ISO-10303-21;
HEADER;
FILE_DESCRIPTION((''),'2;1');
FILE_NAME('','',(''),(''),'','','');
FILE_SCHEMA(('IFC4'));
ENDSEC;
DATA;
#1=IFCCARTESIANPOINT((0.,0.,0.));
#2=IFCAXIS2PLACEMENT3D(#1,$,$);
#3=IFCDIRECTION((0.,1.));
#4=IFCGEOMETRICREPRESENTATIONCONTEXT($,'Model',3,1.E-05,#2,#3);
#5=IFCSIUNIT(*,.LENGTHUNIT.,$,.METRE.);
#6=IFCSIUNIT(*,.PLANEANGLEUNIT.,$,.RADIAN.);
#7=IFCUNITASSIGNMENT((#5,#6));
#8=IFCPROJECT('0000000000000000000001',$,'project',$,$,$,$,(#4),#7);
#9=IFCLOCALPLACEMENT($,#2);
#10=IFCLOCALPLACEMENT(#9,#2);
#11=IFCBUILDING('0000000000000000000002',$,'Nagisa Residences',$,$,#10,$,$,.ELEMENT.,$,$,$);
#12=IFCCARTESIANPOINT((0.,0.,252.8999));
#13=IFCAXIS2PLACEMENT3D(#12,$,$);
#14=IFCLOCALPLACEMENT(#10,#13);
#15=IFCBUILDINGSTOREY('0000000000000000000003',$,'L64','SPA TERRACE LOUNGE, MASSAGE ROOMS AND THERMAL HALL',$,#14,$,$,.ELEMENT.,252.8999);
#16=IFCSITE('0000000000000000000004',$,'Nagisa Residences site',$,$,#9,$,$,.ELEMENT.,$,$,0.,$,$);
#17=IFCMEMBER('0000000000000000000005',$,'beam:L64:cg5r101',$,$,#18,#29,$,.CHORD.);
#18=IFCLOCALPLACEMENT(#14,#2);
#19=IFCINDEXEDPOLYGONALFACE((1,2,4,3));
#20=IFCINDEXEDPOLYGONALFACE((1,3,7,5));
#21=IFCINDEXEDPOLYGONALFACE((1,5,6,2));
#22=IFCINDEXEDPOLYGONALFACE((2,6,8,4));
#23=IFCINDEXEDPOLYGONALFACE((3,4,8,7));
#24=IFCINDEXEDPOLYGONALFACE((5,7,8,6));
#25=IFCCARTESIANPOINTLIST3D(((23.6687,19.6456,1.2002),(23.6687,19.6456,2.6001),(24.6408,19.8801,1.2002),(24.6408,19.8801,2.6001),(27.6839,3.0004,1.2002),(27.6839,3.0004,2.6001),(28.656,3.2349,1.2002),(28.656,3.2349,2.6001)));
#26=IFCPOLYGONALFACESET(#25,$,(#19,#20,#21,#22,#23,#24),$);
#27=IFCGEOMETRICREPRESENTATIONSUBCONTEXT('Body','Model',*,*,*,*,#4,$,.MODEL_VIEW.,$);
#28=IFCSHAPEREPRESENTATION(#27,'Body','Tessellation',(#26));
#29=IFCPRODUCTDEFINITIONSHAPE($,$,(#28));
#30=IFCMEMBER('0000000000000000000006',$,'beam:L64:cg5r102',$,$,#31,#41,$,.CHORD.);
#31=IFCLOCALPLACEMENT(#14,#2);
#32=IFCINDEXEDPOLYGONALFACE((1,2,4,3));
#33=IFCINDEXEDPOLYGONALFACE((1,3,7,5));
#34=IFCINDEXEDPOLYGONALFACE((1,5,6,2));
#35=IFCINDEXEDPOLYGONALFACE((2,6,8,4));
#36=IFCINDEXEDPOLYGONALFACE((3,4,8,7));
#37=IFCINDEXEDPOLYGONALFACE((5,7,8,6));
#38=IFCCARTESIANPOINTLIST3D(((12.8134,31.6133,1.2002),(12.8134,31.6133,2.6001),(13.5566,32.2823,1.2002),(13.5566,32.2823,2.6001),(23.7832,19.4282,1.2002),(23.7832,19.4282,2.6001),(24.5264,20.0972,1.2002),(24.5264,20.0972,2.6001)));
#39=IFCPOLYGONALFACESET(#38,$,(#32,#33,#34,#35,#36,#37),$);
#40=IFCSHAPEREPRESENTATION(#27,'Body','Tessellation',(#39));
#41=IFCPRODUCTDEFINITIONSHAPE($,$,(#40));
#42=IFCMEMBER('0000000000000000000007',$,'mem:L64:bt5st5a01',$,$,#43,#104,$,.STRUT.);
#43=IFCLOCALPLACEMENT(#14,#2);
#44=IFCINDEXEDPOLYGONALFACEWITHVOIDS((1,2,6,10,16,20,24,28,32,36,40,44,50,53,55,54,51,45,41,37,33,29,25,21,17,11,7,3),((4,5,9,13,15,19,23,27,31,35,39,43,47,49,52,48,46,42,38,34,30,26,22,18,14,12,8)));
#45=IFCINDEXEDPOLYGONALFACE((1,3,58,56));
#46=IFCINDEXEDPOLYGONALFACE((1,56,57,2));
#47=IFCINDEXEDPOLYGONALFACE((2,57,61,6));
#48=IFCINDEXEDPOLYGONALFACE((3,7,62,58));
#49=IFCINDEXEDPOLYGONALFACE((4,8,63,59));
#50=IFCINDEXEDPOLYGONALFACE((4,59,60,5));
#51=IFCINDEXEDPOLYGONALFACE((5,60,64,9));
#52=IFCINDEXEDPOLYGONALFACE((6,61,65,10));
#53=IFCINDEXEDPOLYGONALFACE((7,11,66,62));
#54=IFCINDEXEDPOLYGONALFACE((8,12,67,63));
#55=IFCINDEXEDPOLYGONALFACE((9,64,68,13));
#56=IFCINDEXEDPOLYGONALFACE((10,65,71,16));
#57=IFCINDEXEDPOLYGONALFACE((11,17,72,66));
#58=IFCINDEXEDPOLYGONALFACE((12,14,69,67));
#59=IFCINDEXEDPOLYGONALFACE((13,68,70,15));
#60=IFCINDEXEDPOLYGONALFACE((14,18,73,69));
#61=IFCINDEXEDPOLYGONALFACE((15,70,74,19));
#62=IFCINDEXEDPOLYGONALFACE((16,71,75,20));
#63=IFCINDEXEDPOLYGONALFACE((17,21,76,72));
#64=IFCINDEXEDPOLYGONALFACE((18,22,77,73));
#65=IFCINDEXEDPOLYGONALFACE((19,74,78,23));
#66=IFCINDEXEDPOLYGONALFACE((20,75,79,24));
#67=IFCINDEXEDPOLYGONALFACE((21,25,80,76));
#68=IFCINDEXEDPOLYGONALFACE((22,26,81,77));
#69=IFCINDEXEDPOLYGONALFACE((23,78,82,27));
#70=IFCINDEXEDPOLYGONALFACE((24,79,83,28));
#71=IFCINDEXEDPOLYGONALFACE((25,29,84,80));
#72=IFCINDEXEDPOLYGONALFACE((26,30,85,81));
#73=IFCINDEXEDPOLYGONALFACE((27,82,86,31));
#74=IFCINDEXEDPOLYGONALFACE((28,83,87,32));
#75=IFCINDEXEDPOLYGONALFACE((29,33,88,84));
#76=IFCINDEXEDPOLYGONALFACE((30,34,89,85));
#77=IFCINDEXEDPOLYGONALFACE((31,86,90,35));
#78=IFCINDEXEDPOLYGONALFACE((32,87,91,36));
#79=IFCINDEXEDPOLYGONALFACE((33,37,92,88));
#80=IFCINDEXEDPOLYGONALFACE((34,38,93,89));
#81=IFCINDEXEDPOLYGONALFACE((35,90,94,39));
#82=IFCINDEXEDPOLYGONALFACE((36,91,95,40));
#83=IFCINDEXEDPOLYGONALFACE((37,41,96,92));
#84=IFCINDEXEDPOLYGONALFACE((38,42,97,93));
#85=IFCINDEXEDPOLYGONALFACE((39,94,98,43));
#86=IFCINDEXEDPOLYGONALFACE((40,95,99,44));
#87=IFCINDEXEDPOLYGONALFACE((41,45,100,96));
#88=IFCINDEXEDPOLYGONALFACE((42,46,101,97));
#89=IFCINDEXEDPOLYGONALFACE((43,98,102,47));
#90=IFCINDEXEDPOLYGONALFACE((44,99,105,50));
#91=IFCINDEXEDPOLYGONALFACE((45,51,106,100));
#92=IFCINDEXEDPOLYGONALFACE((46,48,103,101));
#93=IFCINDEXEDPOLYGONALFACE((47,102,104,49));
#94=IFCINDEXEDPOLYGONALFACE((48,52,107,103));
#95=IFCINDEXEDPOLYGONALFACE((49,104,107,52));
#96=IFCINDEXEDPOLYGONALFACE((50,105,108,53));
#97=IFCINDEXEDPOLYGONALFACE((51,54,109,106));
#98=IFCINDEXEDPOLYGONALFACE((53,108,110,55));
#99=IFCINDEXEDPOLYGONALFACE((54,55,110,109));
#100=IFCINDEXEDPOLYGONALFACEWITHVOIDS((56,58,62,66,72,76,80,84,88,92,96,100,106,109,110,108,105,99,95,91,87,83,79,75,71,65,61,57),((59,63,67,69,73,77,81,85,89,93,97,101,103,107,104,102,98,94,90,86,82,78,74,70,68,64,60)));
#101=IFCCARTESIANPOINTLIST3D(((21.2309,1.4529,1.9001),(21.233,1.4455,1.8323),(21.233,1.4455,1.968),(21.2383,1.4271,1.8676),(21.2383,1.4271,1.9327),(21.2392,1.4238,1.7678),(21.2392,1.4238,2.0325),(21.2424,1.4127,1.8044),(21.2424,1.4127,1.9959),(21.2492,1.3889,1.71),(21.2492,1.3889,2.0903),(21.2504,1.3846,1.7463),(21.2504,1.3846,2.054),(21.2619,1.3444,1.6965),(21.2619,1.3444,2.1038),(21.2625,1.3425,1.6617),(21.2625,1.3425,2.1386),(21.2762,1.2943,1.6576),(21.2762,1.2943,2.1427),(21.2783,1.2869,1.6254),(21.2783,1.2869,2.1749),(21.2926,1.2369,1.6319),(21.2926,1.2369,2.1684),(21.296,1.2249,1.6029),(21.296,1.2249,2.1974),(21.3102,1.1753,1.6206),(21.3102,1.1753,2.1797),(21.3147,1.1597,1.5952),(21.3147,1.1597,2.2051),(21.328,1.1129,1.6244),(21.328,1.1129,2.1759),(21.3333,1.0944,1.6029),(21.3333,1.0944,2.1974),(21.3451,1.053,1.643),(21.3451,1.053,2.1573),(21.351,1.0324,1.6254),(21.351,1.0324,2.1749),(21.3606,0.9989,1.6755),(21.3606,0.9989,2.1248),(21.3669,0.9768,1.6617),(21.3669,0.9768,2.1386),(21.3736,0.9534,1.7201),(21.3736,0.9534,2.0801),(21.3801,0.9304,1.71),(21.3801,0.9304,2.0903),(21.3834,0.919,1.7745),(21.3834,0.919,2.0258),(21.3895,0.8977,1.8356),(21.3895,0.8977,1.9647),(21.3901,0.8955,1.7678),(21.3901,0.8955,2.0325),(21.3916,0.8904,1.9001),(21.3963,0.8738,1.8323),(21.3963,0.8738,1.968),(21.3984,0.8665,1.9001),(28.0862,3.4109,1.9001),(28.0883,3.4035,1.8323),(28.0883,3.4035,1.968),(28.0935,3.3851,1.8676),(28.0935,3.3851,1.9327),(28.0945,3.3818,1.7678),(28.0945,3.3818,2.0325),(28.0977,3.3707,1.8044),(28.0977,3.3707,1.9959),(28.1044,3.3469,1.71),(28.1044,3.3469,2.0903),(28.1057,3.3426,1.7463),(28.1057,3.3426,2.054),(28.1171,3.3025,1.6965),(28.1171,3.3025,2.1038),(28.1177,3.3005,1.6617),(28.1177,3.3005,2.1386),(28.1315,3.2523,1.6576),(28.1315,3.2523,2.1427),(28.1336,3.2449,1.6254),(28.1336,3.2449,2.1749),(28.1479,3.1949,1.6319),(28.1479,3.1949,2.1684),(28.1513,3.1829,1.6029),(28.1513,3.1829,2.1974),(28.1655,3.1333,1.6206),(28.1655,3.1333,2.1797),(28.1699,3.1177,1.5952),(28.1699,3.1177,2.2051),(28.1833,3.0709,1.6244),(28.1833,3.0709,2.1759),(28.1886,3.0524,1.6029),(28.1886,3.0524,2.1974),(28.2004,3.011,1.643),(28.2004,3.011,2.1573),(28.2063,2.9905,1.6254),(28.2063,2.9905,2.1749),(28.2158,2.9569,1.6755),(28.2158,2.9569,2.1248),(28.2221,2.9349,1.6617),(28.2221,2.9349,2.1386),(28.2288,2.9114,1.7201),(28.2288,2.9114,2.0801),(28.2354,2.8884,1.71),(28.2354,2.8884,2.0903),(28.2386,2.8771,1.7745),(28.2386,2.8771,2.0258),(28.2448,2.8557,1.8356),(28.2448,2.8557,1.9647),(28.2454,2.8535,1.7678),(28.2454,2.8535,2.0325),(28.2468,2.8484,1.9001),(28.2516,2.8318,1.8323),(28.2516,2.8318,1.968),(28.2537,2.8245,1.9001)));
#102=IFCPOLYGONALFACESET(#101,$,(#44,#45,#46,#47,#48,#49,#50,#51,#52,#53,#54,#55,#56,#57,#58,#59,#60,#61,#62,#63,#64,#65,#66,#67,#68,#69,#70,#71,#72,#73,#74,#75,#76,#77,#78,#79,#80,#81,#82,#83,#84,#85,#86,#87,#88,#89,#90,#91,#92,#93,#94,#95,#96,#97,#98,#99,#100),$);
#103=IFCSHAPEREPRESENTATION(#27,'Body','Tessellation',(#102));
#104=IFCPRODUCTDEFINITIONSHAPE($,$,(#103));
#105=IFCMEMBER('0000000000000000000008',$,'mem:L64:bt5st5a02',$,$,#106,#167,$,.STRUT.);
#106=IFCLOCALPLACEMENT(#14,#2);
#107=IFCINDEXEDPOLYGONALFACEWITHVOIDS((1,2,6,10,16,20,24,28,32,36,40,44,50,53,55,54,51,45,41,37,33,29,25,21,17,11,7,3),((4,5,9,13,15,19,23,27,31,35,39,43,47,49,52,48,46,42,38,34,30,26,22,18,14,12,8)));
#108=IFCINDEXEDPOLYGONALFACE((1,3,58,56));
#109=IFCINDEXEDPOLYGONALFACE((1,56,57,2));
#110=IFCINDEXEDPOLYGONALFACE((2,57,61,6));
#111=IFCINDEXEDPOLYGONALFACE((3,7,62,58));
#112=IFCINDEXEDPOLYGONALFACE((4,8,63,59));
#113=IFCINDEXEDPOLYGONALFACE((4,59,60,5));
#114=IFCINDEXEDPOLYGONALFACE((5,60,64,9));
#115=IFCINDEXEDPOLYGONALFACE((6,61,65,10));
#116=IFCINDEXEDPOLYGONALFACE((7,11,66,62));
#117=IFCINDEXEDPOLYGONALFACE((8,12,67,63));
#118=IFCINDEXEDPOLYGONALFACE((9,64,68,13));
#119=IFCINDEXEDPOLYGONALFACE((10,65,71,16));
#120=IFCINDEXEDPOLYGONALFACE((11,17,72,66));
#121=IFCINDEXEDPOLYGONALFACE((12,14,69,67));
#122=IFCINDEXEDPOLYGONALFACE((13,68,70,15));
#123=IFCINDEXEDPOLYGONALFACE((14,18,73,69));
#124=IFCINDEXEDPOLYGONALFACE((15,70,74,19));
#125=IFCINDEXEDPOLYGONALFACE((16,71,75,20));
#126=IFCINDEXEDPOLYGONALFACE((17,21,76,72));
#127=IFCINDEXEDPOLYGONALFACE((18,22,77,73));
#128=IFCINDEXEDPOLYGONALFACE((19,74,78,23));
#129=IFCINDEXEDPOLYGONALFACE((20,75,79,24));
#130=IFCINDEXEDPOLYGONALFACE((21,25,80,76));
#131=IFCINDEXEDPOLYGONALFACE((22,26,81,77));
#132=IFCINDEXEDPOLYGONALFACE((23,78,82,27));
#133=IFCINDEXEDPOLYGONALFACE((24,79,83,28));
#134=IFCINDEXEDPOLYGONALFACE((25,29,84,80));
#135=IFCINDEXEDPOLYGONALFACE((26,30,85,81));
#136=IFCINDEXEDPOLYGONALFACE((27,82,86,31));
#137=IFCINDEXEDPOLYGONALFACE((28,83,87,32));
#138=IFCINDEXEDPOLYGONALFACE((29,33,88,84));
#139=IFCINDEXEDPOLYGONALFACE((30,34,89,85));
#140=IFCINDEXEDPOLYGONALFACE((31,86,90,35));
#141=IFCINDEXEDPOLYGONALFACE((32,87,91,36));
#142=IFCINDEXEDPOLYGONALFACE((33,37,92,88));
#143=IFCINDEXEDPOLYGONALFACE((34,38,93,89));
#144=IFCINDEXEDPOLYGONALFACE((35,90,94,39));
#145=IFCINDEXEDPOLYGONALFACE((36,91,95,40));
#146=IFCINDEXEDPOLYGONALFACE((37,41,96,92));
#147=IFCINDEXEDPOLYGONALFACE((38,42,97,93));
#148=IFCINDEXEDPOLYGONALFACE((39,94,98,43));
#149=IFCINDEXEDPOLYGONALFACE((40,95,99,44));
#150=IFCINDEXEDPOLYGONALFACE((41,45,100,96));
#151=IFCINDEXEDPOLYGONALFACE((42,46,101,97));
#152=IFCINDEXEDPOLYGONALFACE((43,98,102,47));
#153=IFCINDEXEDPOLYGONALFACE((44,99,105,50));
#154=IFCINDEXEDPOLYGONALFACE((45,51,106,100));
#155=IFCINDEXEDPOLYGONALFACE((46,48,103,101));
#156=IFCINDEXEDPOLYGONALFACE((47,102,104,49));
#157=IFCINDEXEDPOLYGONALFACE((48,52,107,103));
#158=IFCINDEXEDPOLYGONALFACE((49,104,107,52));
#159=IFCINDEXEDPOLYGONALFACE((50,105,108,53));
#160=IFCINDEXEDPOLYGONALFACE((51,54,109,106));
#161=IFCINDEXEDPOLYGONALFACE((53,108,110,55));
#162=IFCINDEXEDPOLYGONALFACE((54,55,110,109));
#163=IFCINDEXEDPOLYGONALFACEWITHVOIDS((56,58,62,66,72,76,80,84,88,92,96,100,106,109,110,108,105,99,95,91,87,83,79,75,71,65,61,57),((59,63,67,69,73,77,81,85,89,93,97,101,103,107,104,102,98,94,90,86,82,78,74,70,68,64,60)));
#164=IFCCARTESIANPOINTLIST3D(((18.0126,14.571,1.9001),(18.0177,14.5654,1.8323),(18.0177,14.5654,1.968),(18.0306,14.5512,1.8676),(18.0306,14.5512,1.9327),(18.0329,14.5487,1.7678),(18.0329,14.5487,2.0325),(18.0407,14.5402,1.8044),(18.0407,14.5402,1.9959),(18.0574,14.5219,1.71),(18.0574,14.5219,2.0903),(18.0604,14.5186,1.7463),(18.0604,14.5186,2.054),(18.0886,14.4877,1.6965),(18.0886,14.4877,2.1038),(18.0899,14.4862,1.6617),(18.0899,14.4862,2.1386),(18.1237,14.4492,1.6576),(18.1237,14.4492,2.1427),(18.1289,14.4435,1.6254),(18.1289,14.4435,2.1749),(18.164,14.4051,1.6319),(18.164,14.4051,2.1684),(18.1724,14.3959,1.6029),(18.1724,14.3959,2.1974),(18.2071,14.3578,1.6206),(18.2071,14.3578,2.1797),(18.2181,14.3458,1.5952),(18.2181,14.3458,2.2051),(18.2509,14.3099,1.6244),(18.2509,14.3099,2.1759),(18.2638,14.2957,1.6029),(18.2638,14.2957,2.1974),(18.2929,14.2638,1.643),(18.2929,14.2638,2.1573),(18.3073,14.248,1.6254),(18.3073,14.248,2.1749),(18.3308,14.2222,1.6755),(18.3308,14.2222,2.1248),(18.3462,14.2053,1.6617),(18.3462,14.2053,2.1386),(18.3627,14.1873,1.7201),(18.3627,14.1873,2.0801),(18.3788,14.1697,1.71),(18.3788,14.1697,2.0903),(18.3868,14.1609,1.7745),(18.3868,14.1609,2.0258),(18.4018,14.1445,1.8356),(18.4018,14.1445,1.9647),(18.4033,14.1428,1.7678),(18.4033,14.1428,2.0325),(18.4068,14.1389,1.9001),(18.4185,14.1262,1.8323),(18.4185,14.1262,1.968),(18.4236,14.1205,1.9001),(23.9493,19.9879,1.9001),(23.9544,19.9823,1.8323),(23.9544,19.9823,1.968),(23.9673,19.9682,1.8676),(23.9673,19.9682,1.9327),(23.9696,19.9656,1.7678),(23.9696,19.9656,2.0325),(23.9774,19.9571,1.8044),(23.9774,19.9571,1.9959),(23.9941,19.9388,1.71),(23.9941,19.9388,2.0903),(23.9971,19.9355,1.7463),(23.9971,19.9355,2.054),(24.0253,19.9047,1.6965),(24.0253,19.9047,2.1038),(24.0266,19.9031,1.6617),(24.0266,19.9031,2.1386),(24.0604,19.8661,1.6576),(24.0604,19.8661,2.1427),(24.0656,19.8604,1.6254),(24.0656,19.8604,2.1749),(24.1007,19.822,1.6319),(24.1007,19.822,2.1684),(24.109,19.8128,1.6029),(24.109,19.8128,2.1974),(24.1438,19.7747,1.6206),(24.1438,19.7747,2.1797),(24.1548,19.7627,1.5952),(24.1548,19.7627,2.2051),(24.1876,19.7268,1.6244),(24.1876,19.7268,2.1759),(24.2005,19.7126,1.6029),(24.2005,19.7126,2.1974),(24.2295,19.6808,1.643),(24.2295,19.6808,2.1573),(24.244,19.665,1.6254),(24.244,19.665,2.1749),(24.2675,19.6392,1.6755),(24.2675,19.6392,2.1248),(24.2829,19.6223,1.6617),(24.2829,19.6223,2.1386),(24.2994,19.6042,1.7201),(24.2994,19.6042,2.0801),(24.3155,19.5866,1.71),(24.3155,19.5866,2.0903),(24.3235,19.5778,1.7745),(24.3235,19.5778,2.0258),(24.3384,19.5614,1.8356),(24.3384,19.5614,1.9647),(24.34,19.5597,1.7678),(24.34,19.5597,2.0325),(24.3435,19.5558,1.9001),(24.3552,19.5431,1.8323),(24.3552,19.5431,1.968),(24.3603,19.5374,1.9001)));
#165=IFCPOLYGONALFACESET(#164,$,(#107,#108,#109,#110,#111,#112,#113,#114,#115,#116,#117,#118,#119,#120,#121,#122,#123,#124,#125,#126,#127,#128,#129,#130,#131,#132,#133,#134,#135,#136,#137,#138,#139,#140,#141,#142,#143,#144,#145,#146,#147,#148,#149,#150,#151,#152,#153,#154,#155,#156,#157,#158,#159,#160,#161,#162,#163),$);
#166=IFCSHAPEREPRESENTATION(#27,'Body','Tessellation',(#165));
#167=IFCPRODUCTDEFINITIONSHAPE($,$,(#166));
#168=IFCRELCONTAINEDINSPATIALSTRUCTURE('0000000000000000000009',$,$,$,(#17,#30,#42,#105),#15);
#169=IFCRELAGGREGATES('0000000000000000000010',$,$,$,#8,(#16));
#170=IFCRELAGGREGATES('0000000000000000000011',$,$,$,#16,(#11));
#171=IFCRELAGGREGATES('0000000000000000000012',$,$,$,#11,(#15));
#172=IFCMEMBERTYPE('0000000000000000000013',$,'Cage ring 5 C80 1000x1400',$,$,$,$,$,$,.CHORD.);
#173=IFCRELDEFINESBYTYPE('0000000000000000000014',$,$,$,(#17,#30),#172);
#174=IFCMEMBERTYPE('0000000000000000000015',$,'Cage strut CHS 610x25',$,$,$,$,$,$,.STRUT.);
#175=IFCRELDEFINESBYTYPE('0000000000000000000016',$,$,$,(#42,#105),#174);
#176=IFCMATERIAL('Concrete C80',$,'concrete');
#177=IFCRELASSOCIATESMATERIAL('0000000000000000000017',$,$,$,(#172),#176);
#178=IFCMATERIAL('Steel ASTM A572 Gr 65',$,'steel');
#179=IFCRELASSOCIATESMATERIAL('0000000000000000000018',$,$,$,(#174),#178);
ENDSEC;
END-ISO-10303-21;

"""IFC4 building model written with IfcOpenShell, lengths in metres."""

from ifc_helpers import new_model, si_unit, direction, frame, origin, origin_2d, place, context, subcontext, project, spatial, rectangle, hollow_circle, extrude, material, material_profile, profile_set, type_object, element, save


model = new_model("IFC4")

# Units and contexts
model_context = context("Model", 3, precision=1e-05, world=origin(), true_north=direction((0.0, 1.0)))
body_context = subcontext(model_context, "Body", "Model", "MODEL_VIEW")
ifc_project = project(units=[si_unit("LENGTHUNIT", "METRE"), si_unit("PLANEANGLEUNIT", "RADIAN")], contexts=[model_context])

# Site, building, storey
site_placement = place(None, origin())
site = spatial("IfcSite", under=ifc_project, at=site_placement, Name="Nagisa Residences site", CompositionType="ELEMENT", RefElevation=0.0)
building_placement = place(site_placement, origin())
building = spatial("IfcBuilding", under=site, at=building_placement, Name="Nagisa Residences", CompositionType="ELEMENT")
storey_placement = place(building_placement, frame((0.0, 0.0, 252.8999)))
storey = spatial("IfcBuildingStorey", under=building, at=storey_placement, Name="L64", Description="SPA TERRACE LOUNGE, MASSAGE ROOMS AND THERMAL HALL", CompositionType="ELEMENT", Elevation=252.8999)

# Members
ifc_material_1 = material(Name="Concrete C80", Category="concrete")
ifc_material_profile_1 = material_profile(ifc_material_1, rectangle(XDim=1.0, YDim=1.3999, at=origin_2d()), Name="C80 1000x1400")
ifc_profile_set_1 = profile_set([ifc_material_profile_1], Name="Concrete C80")
member_type_1 = type_object("IfcMemberType", Name="Cage ring 5 C80 1000x1400", PredefinedType="CHORD", material=ifc_profile_set_1)
member_1_placement = place(storey_placement, frame((28.1699, 3.1177, 1.9001), z_axis=(-0.234496, 0.972117, 0.0), x_axis=(-0.972117, -0.234496, 0.0)))
element("IfcMember", 1, at=member_1_placement, inside=storey, type_object=member_type_1, Name="beam:L64:cg5r101", PredefinedType="CHORD", context=body_context, shape_type="SweptSolid", body=[
    extrude(rectangle(XDim=1.0, YDim=1.3999, at=origin_2d()), origin(), (0.0, 0.0, 1.0), 17.1226),
])
member_2_placement = place(storey_placement, frame((24.1548, 19.7627, 1.9001), z_axis=(-0.669072, 0.743198, 0.0), x_axis=(-0.743198, -0.669072, 0.0)))
element("IfcMember", 2, at=member_2_placement, inside=storey, type_object=member_type_1, Name="beam:L64:cg5r102", PredefinedType="CHORD", context=body_context, shape_type="SweptSolid", body=[
    extrude(rectangle(XDim=1.0, YDim=1.3999, at=origin_2d()), origin(), (0.0, 0.0, 1.0), 16.3955),
])
ifc_material_2 = material(Name="Steel ASTM A572 Gr 65", Category="steel")
ifc_material_profile_2 = material_profile(ifc_material_2, hollow_circle(Radius=0.3049, WallThickness=0.0249, at=origin_2d()), Name="CHS 610x25")
ifc_profile_set_2 = profile_set([ifc_material_profile_2], Name="Steel ASTM A572 Gr 65")
member_type_2 = type_object("IfcMemberType", Name="Cage strut CHS 610x25", PredefinedType="STRUT", material=ifc_profile_set_2)
member_3_placement = place(storey_placement, frame((28.1699, 3.1177, 1.9001), z_axis=(-0.961547, -0.27464, 0.0), x_axis=(0.27464, -0.961547, 0.0)))
element("IfcMember", 3, at=member_3_placement, inside=storey, type_object=member_type_2, Name="mem:L64:bt5st5a01", PredefinedType="STRUT", context=body_context, shape_type="SweptSolid", body=[
    extrude(hollow_circle(Radius=0.3049, WallThickness=0.0249, at=origin_2d()), origin(), (0.0, 0.0, 1.0), 7.1294),
])
member_4_placement = place(storey_placement, frame((24.1548, 19.7627, 1.9001), z_axis=(-0.738704, -0.674029, 0.0), x_axis=(0.674029, -0.738704, 0.0)))
element("IfcMember", 4, at=member_4_placement, inside=storey, type_object=member_type_2, Name="mem:L64:bt5st5a02", PredefinedType="STRUT", context=body_context, shape_type="SweptSolid", body=[
    extrude(hollow_circle(Radius=0.3049, WallThickness=0.0249, at=origin_2d()), origin(), (0.0, 0.0, 1.0), 8.0366),
])

save(model, "model.ifc")
